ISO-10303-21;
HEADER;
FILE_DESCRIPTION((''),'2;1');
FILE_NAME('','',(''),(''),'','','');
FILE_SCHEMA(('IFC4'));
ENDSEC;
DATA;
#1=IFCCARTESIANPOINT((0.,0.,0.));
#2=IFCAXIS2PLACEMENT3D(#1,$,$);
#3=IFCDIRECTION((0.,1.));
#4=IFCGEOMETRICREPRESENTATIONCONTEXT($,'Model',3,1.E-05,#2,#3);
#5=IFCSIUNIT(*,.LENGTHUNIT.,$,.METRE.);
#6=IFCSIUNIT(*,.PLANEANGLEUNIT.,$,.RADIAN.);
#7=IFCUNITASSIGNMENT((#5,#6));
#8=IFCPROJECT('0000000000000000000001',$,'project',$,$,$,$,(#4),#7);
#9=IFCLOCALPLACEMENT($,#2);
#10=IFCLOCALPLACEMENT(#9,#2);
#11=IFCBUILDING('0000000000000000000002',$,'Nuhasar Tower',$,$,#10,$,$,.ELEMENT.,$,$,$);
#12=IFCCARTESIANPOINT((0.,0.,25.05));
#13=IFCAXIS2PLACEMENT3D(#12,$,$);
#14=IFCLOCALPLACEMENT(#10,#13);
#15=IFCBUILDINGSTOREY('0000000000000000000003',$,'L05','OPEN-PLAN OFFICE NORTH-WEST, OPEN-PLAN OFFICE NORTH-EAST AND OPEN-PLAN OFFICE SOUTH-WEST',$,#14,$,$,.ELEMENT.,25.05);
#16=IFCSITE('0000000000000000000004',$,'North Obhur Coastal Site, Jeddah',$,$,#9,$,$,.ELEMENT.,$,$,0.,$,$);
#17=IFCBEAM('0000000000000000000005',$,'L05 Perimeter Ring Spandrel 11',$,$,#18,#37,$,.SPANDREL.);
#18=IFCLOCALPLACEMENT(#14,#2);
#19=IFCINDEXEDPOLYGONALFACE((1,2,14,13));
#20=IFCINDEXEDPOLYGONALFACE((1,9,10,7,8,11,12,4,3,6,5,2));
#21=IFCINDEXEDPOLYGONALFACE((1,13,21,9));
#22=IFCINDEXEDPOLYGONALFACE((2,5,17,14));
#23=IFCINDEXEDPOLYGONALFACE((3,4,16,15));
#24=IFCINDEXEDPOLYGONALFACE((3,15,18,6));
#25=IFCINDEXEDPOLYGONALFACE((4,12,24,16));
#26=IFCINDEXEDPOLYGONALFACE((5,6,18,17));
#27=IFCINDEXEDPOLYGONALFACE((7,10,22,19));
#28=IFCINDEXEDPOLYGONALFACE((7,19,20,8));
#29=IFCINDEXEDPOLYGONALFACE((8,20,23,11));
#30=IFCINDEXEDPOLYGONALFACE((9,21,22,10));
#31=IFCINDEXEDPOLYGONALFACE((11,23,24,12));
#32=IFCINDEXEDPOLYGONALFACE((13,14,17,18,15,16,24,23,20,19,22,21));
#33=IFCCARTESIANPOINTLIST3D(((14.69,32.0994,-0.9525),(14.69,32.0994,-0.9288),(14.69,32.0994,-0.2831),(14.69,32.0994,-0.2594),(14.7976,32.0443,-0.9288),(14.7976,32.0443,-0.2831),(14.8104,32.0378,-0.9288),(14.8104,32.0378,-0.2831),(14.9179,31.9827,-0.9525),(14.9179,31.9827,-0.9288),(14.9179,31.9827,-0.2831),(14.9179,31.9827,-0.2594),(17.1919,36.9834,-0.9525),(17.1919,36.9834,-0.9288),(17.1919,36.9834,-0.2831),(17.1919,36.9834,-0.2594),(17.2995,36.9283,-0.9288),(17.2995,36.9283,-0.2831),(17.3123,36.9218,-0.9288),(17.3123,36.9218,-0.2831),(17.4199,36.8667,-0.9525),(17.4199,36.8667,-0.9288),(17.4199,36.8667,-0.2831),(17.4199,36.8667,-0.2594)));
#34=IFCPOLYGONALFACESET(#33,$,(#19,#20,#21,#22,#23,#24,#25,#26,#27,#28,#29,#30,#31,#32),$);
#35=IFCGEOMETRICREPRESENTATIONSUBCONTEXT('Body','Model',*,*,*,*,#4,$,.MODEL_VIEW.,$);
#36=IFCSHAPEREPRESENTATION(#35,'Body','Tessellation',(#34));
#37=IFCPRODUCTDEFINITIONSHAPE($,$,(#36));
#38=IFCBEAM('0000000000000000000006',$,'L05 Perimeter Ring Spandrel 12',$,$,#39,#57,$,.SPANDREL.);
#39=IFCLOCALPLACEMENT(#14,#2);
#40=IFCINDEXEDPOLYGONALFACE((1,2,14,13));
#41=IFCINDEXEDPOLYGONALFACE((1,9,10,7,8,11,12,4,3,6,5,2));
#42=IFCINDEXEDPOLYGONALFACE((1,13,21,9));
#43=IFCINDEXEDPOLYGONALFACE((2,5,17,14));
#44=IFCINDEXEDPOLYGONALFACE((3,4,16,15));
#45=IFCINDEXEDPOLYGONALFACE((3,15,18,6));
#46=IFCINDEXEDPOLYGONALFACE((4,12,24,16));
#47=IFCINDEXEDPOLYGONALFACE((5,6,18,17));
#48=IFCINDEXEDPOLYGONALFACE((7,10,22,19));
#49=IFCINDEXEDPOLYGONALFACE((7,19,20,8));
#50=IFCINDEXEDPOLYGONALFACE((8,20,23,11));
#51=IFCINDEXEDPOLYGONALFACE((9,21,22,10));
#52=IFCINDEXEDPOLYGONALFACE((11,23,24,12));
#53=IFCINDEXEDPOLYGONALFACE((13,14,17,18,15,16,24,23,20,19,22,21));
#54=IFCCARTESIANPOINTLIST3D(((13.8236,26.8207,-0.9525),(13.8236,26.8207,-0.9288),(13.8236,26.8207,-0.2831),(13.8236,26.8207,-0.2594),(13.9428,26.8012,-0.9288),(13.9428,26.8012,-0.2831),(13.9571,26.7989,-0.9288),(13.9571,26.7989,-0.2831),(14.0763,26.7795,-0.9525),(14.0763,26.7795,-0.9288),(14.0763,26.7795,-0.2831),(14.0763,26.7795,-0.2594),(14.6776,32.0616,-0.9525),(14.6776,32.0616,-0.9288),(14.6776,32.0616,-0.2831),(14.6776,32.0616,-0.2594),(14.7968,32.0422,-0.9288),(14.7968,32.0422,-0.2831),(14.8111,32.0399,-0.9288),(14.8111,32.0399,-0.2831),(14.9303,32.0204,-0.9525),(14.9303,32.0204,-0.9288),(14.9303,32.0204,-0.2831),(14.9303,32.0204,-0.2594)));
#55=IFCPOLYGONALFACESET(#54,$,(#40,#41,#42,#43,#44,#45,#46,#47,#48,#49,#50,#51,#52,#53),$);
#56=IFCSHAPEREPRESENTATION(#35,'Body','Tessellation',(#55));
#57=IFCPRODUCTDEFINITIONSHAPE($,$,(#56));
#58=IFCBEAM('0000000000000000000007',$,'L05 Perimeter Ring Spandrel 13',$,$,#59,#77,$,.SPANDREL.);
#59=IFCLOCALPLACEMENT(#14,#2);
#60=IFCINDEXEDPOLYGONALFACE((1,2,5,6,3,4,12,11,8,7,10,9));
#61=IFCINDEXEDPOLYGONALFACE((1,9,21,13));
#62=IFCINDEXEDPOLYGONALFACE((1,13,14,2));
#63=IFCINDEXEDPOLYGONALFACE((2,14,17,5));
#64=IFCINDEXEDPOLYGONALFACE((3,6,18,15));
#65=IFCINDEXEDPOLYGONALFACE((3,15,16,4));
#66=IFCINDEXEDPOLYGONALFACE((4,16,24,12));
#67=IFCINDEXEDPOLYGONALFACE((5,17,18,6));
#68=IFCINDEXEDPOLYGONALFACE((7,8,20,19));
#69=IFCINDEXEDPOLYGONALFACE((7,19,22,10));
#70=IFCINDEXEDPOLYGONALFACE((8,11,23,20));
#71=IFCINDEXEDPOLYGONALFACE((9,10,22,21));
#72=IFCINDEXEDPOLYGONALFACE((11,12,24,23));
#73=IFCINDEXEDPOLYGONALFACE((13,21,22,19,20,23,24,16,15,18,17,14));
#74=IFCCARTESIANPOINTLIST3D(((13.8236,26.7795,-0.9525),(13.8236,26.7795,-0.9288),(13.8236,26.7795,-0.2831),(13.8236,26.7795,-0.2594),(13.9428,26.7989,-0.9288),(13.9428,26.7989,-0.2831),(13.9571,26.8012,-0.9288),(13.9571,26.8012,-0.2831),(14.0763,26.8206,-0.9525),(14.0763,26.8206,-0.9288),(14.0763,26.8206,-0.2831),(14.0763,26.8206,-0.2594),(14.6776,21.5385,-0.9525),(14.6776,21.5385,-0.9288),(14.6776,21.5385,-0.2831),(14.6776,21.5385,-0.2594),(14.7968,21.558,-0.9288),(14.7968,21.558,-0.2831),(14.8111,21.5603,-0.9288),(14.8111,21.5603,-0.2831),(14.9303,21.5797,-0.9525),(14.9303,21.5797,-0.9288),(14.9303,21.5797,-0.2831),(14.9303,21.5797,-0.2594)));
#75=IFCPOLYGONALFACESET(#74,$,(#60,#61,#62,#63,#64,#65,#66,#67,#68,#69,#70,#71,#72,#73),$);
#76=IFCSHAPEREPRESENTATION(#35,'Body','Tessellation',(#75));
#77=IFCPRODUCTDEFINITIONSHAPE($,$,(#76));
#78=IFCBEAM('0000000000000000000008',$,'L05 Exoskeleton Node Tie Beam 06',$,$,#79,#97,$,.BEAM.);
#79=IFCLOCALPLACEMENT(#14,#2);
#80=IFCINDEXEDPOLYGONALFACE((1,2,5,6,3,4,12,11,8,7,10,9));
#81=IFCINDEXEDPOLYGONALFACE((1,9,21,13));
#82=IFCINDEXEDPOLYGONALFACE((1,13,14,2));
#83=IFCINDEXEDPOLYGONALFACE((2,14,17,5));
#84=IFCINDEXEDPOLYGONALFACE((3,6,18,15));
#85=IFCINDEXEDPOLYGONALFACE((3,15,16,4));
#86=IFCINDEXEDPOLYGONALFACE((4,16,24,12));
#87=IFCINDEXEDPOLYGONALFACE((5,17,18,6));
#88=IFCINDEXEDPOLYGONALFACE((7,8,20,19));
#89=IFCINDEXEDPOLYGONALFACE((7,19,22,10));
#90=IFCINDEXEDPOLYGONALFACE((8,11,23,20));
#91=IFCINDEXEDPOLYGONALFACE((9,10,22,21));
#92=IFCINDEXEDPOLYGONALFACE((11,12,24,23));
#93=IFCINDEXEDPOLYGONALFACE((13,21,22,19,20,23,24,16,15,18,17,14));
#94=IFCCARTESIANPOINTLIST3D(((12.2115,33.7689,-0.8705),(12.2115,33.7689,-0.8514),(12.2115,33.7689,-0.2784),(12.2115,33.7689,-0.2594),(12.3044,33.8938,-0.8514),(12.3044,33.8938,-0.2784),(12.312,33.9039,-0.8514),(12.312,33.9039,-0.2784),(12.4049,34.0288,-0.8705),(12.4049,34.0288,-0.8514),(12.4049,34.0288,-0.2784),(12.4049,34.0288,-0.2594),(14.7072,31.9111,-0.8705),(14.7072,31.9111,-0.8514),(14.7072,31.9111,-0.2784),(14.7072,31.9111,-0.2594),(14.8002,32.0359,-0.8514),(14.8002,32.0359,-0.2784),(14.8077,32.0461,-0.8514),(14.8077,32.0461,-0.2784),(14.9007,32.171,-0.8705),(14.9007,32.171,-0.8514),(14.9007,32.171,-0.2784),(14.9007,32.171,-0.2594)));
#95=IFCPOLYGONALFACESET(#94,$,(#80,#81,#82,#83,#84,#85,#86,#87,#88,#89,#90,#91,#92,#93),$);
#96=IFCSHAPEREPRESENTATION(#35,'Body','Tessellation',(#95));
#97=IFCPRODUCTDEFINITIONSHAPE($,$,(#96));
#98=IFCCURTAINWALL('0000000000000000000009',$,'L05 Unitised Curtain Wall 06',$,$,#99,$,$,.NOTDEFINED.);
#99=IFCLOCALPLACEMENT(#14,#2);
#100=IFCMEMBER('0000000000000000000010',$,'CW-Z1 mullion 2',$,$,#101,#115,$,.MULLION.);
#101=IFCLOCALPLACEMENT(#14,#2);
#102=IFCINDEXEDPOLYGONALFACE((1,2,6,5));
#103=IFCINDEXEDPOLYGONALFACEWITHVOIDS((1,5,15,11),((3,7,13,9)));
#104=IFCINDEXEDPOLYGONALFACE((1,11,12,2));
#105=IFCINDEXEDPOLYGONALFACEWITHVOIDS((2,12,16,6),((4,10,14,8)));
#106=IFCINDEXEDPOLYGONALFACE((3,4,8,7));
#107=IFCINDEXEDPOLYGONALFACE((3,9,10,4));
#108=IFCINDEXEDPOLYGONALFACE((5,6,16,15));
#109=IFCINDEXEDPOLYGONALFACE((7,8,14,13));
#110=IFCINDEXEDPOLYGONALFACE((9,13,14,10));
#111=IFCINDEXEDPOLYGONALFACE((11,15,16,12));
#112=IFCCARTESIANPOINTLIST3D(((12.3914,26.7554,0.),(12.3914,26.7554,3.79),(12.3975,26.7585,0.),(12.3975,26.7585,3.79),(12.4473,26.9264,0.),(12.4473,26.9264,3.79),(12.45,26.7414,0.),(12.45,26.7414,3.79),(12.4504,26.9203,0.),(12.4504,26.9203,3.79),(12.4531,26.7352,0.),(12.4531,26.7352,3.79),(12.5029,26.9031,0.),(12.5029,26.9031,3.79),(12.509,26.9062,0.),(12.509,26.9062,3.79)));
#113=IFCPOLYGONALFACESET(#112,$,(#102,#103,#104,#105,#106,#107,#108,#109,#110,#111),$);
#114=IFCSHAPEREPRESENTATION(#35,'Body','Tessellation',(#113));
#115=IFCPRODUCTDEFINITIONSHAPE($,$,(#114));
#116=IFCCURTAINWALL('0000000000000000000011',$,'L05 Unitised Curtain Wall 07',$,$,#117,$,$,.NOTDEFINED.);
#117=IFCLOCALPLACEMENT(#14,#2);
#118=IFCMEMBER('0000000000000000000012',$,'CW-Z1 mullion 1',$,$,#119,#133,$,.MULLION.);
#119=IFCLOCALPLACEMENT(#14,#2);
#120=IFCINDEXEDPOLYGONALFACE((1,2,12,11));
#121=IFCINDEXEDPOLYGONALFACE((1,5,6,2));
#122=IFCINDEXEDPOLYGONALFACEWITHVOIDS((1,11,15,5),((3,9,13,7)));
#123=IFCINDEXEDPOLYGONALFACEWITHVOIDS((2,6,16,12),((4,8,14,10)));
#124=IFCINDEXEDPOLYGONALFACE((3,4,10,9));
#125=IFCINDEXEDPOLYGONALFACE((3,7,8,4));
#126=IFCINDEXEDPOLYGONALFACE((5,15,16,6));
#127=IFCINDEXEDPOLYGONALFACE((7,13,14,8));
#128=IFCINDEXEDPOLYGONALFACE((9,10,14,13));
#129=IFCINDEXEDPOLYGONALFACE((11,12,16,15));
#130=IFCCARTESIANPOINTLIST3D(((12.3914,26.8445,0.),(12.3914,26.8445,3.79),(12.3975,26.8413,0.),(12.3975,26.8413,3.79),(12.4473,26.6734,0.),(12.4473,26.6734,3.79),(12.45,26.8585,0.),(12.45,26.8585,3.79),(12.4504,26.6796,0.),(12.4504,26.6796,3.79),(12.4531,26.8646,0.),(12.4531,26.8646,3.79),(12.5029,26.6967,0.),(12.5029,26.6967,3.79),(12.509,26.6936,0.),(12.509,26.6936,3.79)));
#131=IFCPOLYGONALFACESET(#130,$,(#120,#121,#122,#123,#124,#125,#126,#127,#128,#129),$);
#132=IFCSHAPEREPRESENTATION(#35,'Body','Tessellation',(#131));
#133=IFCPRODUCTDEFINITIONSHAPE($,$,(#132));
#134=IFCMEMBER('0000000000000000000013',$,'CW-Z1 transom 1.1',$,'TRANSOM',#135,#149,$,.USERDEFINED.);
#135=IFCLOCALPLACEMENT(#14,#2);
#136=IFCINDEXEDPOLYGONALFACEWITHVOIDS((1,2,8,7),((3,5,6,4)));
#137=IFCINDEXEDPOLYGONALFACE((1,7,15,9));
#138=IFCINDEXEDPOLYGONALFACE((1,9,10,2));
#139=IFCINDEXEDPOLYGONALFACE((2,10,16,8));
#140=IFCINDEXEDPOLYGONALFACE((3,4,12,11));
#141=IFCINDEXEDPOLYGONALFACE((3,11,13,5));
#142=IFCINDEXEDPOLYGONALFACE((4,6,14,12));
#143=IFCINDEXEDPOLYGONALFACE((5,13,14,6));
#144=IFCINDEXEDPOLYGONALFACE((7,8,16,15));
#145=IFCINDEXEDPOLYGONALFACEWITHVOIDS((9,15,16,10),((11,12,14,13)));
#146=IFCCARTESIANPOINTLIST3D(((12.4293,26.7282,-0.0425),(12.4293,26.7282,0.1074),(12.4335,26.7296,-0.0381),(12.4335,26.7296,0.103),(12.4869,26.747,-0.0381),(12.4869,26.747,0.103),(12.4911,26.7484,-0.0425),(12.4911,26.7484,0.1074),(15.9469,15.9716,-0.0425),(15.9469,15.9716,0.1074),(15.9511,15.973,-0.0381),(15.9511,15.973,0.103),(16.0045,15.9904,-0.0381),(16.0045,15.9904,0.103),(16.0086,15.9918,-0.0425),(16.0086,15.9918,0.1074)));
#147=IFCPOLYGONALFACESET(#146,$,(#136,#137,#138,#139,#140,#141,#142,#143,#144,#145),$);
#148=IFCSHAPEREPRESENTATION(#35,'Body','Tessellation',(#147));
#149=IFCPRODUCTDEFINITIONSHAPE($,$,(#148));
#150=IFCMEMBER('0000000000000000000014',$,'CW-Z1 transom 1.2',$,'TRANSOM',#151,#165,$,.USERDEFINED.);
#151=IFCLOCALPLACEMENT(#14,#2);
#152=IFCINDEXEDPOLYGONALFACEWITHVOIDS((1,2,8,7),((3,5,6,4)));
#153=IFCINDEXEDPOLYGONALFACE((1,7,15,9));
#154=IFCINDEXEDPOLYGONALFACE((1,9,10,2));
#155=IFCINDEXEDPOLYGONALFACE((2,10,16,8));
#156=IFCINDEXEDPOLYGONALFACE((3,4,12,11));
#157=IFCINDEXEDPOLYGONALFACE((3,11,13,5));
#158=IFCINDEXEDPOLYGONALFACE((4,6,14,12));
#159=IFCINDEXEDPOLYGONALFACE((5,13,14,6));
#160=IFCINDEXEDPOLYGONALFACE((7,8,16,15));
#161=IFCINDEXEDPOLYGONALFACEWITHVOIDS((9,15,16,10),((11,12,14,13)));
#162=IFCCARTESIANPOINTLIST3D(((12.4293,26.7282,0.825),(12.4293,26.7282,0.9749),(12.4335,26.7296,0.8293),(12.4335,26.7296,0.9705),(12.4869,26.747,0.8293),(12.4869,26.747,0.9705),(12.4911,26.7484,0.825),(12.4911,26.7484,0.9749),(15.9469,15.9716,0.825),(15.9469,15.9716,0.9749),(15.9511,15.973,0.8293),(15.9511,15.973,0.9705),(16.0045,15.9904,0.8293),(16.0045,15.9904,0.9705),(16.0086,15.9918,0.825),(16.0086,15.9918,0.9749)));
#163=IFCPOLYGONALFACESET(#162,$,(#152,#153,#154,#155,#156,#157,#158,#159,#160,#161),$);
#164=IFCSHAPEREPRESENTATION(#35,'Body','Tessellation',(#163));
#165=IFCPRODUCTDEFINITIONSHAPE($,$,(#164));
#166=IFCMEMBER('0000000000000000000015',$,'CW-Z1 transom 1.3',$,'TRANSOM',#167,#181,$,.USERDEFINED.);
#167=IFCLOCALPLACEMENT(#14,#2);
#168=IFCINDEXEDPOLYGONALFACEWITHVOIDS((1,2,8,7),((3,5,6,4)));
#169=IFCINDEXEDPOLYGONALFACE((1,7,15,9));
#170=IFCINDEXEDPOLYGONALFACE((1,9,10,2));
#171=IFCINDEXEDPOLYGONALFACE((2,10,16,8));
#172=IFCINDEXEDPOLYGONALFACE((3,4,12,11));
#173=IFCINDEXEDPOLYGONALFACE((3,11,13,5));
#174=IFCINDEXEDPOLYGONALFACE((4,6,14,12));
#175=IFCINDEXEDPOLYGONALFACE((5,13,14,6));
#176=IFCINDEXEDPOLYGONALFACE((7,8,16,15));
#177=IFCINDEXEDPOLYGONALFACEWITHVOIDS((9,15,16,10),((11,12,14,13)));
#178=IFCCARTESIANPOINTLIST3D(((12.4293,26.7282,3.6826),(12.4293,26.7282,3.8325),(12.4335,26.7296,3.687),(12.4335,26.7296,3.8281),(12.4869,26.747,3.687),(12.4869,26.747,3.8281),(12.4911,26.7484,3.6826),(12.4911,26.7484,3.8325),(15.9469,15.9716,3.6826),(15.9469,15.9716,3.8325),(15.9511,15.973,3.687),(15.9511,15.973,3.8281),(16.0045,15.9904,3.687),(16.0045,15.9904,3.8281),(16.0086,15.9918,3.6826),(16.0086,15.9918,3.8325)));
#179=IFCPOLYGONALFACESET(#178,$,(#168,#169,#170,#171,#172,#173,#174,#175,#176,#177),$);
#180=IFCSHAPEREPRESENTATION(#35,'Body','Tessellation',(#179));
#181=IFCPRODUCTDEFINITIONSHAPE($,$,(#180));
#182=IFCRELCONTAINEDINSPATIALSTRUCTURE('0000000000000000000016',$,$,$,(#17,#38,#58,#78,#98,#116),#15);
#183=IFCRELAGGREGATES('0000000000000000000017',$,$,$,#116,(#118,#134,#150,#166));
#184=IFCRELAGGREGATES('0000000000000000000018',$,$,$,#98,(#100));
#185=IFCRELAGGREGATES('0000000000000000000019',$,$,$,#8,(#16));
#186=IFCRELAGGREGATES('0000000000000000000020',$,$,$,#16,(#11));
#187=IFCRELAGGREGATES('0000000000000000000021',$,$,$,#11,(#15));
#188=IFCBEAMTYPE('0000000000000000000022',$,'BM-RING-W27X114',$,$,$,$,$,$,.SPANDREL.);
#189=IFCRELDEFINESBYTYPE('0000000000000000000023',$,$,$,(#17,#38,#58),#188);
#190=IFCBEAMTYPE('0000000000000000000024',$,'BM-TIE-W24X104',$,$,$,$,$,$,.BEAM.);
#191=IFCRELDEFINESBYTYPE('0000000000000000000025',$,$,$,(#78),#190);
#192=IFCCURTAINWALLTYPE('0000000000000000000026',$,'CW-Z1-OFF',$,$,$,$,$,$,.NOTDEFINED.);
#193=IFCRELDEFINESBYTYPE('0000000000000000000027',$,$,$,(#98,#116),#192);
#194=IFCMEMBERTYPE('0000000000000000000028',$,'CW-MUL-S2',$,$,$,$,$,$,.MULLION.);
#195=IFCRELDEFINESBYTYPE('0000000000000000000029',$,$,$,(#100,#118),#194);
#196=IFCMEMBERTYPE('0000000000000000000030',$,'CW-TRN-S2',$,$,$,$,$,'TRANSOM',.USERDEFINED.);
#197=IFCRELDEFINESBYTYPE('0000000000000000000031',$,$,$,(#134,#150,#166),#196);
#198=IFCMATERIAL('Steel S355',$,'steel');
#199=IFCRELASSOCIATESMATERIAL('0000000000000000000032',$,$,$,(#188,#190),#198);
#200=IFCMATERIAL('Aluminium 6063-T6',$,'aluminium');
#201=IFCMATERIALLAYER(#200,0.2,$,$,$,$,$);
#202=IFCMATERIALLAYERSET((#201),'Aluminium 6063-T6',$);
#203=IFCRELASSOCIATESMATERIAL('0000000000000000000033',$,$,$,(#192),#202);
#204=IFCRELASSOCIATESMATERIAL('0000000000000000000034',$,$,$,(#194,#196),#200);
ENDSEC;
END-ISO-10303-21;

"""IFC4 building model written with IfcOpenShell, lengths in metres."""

from ifc_helpers import new_model, si_unit, direction, frame, origin, origin_2d, place, context, subcontext, project, spatial, hollow_rectangle, i_section, extrude, material, layer, layer_set, material_profile, profile_set, type_object, element, aggregate, save


model = new_model("IFC4")

# Units and contexts
model_context = context("Model", 3, precision=1e-05, world=origin(), true_north=direction((0.0, 1.0)))
body_context = subcontext(model_context, "Body", "Model", "MODEL_VIEW")
ifc_project = project(units=[si_unit("LENGTHUNIT", "METRE"), si_unit("PLANEANGLEUNIT", "RADIAN")], contexts=[model_context])

# Site, building, storey
site_placement = place(None, origin())
site = spatial("IfcSite", under=ifc_project, at=site_placement, Name="North Obhur Coastal Site, Jeddah", CompositionType="ELEMENT", RefElevation=0.0)
building_placement = place(site_placement, origin())
building = spatial("IfcBuilding", under=site, at=building_placement, Name="Nuhasar Tower", CompositionType="ELEMENT")
storey_placement = place(building_placement, frame((0.0, 0.0, 25.05)))
storey = spatial("IfcBuildingStorey", under=building, at=storey_placement, Name="L05", Description="OPEN-PLAN OFFICE NORTH-WEST, OPEN-PLAN OFFICE NORTH-EAST AND OPEN-PLAN OFFICE SOUTH-WEST", CompositionType="ELEMENT", Elevation=25.05)

# Beams
ifc_material_1 = material(Name="Steel S355", Category="steel")
ifc_material_profile_1 = material_profile(ifc_material_1, i_section(OverallWidth=0.2561, OverallDepth=0.6931, WebThickness=0.0144, FlangeThickness=0.0237, at=origin_2d()), Name="W27X114")
ifc_profile_set_1 = profile_set([ifc_material_profile_1], Name="Steel S355")
beam_type_1 = type_object("IfcBeamType", Name="BM-RING-W27X114", PredefinedType="SPANDREL", material=ifc_profile_set_1)
beam_1_placement = place(storey_placement, frame((17.3059, 36.925, -0.606), z_axis=(-0.45593, -0.890016, 0.0), x_axis=(0.890016, -0.45593, 0.0)))
element("IfcBeam", 1, at=beam_1_placement, inside=storey, type_object=beam_type_1, Name="L05 Perimeter Ring Spandrel 11", PredefinedType="SPANDREL", context=body_context, shape_type="SweptSolid", body=[
    extrude(i_section(OverallWidth=0.2561, OverallDepth=0.6931, WebThickness=0.0144, FlangeThickness=0.0237, at=origin_2d()), origin(), (0.0, 0.0, 1.0), 5.4875),
])
for number, where, z_axis, x_axis, name in (
    (2, (14.804, 32.041, -0.606), (-0.160827, -0.986983, 0.0), (0.986983, -0.160827, 0.0), "L05 Perimeter Ring Spandrel 12"),
    (3, (13.95, 26.8, -0.606), (0.160827, -0.986983, 0.0), (0.986983, 0.160827, 0.0), "L05 Perimeter Ring Spandrel 13"),
):
    element("IfcBeam", number, at=place(storey_placement, frame(where, z_axis=z_axis, x_axis=x_axis)), inside=storey, type_object=beam_type_1, Name=name, PredefinedType="SPANDREL", context=body_context, shape_type="SweptSolid", body=[
        extrude(i_section(OverallWidth=0.2561, OverallDepth=0.6931, WebThickness=0.0144, FlangeThickness=0.0237, at=origin_2d()), origin(), (0.0, 0.0, 1.0), 5.3101),
    ])
ifc_material_profile_2 = material_profile(ifc_material_1, i_section(OverallWidth=0.324, OverallDepth=0.6111, WebThickness=0.0127, FlangeThickness=0.019, at=origin_2d()), Name="W24X104")
ifc_profile_set_2 = profile_set([ifc_material_profile_2], Name="Steel S355")
beam_type_2 = type_object("IfcBeamType", Name="BM-TIE-W24X104", PredefinedType="BEAM", material=ifc_profile_set_2)
beam_2_placement = place(storey_placement, frame((14.804, 32.041, -0.5649), z_axis=(-0.802151, 0.597121, 0.0), x_axis=(-0.597121, -0.802151, 0.0)))
element("IfcBeam", 4, at=beam_2_placement, inside=storey, type_object=beam_type_2, Name="L05 Exoskeleton Node Tie Beam 06", PredefinedType="BEAM", context=body_context, shape_type="SweptSolid", body=[
    extrude(i_section(OverallWidth=0.324, OverallDepth=0.6111, WebThickness=0.0127, FlangeThickness=0.019, at=origin_2d()), origin(), (0.0, 0.0, 1.0), 3.1113),
])

# Curtain wall, member
ifc_material_2 = material(Name="Aluminium 6063-T6", Category="aluminium")
ifc_layer_1 = layer(ifc_material_2, 0.2)
ifc_layer_set_1 = layer_set([ifc_layer_1], Name="Aluminium 6063-T6")
curtain_wall_type = type_object("IfcCurtainWallType", Name="CW-Z1-OFF", PredefinedType="NOTDEFINED", material=ifc_layer_set_1)
curtain_wall_1_placement = place(storey_placement, origin())
curtain_wall_1 = element("IfcCurtainWall", 5, at=curtain_wall_1_placement, inside=storey, type_object=curtain_wall_type, Name="L05 Unitised Curtain Wall 06", PredefinedType="NOTDEFINED")
ifc_material_profile_3 = material_profile(ifc_material_2, hollow_rectangle(XDim=0.0649, YDim=0.1799, WallThickness=0.0049, at=origin_2d()), Name="CWM-2")
ifc_profile_set_3 = profile_set([ifc_material_profile_3], Name="Aluminium 6063-T6")
member_type_1 = type_object("IfcMemberType", Name="CW-MUL-S2", PredefinedType="MULLION", material=ifc_profile_set_3)
member_1_placement = place(storey_placement, frame((12.4502, 26.8308, 0.0), z_axis=(0.0, 0.0, 1.0), x_axis=(0.950468, -0.310824, 0.0)))
member_1 = element("IfcMember", 6, at=member_1_placement, type_object=member_type_1, Name="CW-Z1 mullion 2", PredefinedType="MULLION", context=body_context, shape_type="SweptSolid", body=[
    extrude(hollow_rectangle(XDim=0.0649, YDim=0.1799, WallThickness=0.0049, at=origin_2d()), origin(), (0.0, 0.0, 1.0), 3.79),
])

# Curtain wall, members
curtain_wall_2_placement = place(storey_placement, origin())
curtain_wall_2 = element("IfcCurtainWall", 7, at=curtain_wall_2_placement, inside=storey, type_object=curtain_wall_type, Name="L05 Unitised Curtain Wall 07", PredefinedType="NOTDEFINED")
member_2_placement = place(storey_placement, frame((12.4502, 26.769, 0.0), z_axis=(0.0, 0.0, 1.0), x_axis=(0.950468, 0.310824, 0.0)))
member_2 = element("IfcMember", 8, at=member_2_placement, type_object=member_type_1, Name="CW-Z1 mullion 1", PredefinedType="MULLION", context=body_context, shape_type="SweptSolid", body=[
    extrude(hollow_rectangle(XDim=0.0649, YDim=0.1799, WallThickness=0.0049, at=origin_2d()), origin(), (0.0, 0.0, 1.0), 3.79),
])
ifc_material_profile_4 = material_profile(ifc_material_2, hollow_rectangle(XDim=0.0649, YDim=0.1499, WallThickness=0.0044, at=origin_2d()), Name="CWT-2")
ifc_profile_set_4 = profile_set([ifc_material_profile_4], Name="Aluminium 6063-T6")
member_type_2 = type_object("IfcMemberType", Name="CW-TRN-S2", ElementType="TRANSOM", PredefinedType="USERDEFINED", material=ifc_profile_set_4)
member_3_placement = place(storey_placement, frame((12.4602, 26.7383, 0.0325), z_axis=(0.310819, -0.950469, 0.0), x_axis=(0.950469, 0.310819, 0.0)))
member_3 = element("IfcMember", 9, at=member_3_placement, type_object=member_type_2, Name="CW-Z1 transom 1.1", ObjectType="TRANSOM", PredefinedType="USERDEFINED", context=body_context, shape_type="SweptSolid", body=[
    extrude(hollow_rectangle(XDim=0.0649, YDim=0.1499, WallThickness=0.0044, at=origin_2d()), origin(), (0.0, 0.0, 1.0), 11.3171),
])
member_4_placement = place(storey_placement, frame((12.4602, 26.7383, 0.8999), z_axis=(0.310819, -0.950469, 0.0), x_axis=(0.950469, 0.310819, 0.0)))
member_4 = element("IfcMember", 10, at=member_4_placement, type_object=member_type_2, Name="CW-Z1 transom 1.2", ObjectType="TRANSOM", PredefinedType="USERDEFINED", context=body_context, shape_type="SweptSolid", body=[
    extrude(hollow_rectangle(XDim=0.0649, YDim=0.1499, WallThickness=0.0044, at=origin_2d()), origin(), (0.0, 0.0, 1.0), 11.3171),
])
member_5_placement = place(storey_placement, frame((12.4602, 26.7383, 3.7576), z_axis=(0.310819, -0.950469, 0.0), x_axis=(0.950469, 0.310819, 0.0)))
member_5 = element("IfcMember", 11, at=member_5_placement, type_object=member_type_2, Name="CW-Z1 transom 1.3", ObjectType="TRANSOM", PredefinedType="USERDEFINED", context=body_context, shape_type="SweptSolid", body=[
    extrude(hollow_rectangle(XDim=0.0649, YDim=0.1499, WallThickness=0.0044, at=origin_2d()), origin(), (0.0, 0.0, 1.0), 11.3171),
])
aggregate(curtain_wall_2, [member_2, member_3, member_4, member_5])

aggregate(curtain_wall_1, [member_1])

save(model, "model.ifc")
